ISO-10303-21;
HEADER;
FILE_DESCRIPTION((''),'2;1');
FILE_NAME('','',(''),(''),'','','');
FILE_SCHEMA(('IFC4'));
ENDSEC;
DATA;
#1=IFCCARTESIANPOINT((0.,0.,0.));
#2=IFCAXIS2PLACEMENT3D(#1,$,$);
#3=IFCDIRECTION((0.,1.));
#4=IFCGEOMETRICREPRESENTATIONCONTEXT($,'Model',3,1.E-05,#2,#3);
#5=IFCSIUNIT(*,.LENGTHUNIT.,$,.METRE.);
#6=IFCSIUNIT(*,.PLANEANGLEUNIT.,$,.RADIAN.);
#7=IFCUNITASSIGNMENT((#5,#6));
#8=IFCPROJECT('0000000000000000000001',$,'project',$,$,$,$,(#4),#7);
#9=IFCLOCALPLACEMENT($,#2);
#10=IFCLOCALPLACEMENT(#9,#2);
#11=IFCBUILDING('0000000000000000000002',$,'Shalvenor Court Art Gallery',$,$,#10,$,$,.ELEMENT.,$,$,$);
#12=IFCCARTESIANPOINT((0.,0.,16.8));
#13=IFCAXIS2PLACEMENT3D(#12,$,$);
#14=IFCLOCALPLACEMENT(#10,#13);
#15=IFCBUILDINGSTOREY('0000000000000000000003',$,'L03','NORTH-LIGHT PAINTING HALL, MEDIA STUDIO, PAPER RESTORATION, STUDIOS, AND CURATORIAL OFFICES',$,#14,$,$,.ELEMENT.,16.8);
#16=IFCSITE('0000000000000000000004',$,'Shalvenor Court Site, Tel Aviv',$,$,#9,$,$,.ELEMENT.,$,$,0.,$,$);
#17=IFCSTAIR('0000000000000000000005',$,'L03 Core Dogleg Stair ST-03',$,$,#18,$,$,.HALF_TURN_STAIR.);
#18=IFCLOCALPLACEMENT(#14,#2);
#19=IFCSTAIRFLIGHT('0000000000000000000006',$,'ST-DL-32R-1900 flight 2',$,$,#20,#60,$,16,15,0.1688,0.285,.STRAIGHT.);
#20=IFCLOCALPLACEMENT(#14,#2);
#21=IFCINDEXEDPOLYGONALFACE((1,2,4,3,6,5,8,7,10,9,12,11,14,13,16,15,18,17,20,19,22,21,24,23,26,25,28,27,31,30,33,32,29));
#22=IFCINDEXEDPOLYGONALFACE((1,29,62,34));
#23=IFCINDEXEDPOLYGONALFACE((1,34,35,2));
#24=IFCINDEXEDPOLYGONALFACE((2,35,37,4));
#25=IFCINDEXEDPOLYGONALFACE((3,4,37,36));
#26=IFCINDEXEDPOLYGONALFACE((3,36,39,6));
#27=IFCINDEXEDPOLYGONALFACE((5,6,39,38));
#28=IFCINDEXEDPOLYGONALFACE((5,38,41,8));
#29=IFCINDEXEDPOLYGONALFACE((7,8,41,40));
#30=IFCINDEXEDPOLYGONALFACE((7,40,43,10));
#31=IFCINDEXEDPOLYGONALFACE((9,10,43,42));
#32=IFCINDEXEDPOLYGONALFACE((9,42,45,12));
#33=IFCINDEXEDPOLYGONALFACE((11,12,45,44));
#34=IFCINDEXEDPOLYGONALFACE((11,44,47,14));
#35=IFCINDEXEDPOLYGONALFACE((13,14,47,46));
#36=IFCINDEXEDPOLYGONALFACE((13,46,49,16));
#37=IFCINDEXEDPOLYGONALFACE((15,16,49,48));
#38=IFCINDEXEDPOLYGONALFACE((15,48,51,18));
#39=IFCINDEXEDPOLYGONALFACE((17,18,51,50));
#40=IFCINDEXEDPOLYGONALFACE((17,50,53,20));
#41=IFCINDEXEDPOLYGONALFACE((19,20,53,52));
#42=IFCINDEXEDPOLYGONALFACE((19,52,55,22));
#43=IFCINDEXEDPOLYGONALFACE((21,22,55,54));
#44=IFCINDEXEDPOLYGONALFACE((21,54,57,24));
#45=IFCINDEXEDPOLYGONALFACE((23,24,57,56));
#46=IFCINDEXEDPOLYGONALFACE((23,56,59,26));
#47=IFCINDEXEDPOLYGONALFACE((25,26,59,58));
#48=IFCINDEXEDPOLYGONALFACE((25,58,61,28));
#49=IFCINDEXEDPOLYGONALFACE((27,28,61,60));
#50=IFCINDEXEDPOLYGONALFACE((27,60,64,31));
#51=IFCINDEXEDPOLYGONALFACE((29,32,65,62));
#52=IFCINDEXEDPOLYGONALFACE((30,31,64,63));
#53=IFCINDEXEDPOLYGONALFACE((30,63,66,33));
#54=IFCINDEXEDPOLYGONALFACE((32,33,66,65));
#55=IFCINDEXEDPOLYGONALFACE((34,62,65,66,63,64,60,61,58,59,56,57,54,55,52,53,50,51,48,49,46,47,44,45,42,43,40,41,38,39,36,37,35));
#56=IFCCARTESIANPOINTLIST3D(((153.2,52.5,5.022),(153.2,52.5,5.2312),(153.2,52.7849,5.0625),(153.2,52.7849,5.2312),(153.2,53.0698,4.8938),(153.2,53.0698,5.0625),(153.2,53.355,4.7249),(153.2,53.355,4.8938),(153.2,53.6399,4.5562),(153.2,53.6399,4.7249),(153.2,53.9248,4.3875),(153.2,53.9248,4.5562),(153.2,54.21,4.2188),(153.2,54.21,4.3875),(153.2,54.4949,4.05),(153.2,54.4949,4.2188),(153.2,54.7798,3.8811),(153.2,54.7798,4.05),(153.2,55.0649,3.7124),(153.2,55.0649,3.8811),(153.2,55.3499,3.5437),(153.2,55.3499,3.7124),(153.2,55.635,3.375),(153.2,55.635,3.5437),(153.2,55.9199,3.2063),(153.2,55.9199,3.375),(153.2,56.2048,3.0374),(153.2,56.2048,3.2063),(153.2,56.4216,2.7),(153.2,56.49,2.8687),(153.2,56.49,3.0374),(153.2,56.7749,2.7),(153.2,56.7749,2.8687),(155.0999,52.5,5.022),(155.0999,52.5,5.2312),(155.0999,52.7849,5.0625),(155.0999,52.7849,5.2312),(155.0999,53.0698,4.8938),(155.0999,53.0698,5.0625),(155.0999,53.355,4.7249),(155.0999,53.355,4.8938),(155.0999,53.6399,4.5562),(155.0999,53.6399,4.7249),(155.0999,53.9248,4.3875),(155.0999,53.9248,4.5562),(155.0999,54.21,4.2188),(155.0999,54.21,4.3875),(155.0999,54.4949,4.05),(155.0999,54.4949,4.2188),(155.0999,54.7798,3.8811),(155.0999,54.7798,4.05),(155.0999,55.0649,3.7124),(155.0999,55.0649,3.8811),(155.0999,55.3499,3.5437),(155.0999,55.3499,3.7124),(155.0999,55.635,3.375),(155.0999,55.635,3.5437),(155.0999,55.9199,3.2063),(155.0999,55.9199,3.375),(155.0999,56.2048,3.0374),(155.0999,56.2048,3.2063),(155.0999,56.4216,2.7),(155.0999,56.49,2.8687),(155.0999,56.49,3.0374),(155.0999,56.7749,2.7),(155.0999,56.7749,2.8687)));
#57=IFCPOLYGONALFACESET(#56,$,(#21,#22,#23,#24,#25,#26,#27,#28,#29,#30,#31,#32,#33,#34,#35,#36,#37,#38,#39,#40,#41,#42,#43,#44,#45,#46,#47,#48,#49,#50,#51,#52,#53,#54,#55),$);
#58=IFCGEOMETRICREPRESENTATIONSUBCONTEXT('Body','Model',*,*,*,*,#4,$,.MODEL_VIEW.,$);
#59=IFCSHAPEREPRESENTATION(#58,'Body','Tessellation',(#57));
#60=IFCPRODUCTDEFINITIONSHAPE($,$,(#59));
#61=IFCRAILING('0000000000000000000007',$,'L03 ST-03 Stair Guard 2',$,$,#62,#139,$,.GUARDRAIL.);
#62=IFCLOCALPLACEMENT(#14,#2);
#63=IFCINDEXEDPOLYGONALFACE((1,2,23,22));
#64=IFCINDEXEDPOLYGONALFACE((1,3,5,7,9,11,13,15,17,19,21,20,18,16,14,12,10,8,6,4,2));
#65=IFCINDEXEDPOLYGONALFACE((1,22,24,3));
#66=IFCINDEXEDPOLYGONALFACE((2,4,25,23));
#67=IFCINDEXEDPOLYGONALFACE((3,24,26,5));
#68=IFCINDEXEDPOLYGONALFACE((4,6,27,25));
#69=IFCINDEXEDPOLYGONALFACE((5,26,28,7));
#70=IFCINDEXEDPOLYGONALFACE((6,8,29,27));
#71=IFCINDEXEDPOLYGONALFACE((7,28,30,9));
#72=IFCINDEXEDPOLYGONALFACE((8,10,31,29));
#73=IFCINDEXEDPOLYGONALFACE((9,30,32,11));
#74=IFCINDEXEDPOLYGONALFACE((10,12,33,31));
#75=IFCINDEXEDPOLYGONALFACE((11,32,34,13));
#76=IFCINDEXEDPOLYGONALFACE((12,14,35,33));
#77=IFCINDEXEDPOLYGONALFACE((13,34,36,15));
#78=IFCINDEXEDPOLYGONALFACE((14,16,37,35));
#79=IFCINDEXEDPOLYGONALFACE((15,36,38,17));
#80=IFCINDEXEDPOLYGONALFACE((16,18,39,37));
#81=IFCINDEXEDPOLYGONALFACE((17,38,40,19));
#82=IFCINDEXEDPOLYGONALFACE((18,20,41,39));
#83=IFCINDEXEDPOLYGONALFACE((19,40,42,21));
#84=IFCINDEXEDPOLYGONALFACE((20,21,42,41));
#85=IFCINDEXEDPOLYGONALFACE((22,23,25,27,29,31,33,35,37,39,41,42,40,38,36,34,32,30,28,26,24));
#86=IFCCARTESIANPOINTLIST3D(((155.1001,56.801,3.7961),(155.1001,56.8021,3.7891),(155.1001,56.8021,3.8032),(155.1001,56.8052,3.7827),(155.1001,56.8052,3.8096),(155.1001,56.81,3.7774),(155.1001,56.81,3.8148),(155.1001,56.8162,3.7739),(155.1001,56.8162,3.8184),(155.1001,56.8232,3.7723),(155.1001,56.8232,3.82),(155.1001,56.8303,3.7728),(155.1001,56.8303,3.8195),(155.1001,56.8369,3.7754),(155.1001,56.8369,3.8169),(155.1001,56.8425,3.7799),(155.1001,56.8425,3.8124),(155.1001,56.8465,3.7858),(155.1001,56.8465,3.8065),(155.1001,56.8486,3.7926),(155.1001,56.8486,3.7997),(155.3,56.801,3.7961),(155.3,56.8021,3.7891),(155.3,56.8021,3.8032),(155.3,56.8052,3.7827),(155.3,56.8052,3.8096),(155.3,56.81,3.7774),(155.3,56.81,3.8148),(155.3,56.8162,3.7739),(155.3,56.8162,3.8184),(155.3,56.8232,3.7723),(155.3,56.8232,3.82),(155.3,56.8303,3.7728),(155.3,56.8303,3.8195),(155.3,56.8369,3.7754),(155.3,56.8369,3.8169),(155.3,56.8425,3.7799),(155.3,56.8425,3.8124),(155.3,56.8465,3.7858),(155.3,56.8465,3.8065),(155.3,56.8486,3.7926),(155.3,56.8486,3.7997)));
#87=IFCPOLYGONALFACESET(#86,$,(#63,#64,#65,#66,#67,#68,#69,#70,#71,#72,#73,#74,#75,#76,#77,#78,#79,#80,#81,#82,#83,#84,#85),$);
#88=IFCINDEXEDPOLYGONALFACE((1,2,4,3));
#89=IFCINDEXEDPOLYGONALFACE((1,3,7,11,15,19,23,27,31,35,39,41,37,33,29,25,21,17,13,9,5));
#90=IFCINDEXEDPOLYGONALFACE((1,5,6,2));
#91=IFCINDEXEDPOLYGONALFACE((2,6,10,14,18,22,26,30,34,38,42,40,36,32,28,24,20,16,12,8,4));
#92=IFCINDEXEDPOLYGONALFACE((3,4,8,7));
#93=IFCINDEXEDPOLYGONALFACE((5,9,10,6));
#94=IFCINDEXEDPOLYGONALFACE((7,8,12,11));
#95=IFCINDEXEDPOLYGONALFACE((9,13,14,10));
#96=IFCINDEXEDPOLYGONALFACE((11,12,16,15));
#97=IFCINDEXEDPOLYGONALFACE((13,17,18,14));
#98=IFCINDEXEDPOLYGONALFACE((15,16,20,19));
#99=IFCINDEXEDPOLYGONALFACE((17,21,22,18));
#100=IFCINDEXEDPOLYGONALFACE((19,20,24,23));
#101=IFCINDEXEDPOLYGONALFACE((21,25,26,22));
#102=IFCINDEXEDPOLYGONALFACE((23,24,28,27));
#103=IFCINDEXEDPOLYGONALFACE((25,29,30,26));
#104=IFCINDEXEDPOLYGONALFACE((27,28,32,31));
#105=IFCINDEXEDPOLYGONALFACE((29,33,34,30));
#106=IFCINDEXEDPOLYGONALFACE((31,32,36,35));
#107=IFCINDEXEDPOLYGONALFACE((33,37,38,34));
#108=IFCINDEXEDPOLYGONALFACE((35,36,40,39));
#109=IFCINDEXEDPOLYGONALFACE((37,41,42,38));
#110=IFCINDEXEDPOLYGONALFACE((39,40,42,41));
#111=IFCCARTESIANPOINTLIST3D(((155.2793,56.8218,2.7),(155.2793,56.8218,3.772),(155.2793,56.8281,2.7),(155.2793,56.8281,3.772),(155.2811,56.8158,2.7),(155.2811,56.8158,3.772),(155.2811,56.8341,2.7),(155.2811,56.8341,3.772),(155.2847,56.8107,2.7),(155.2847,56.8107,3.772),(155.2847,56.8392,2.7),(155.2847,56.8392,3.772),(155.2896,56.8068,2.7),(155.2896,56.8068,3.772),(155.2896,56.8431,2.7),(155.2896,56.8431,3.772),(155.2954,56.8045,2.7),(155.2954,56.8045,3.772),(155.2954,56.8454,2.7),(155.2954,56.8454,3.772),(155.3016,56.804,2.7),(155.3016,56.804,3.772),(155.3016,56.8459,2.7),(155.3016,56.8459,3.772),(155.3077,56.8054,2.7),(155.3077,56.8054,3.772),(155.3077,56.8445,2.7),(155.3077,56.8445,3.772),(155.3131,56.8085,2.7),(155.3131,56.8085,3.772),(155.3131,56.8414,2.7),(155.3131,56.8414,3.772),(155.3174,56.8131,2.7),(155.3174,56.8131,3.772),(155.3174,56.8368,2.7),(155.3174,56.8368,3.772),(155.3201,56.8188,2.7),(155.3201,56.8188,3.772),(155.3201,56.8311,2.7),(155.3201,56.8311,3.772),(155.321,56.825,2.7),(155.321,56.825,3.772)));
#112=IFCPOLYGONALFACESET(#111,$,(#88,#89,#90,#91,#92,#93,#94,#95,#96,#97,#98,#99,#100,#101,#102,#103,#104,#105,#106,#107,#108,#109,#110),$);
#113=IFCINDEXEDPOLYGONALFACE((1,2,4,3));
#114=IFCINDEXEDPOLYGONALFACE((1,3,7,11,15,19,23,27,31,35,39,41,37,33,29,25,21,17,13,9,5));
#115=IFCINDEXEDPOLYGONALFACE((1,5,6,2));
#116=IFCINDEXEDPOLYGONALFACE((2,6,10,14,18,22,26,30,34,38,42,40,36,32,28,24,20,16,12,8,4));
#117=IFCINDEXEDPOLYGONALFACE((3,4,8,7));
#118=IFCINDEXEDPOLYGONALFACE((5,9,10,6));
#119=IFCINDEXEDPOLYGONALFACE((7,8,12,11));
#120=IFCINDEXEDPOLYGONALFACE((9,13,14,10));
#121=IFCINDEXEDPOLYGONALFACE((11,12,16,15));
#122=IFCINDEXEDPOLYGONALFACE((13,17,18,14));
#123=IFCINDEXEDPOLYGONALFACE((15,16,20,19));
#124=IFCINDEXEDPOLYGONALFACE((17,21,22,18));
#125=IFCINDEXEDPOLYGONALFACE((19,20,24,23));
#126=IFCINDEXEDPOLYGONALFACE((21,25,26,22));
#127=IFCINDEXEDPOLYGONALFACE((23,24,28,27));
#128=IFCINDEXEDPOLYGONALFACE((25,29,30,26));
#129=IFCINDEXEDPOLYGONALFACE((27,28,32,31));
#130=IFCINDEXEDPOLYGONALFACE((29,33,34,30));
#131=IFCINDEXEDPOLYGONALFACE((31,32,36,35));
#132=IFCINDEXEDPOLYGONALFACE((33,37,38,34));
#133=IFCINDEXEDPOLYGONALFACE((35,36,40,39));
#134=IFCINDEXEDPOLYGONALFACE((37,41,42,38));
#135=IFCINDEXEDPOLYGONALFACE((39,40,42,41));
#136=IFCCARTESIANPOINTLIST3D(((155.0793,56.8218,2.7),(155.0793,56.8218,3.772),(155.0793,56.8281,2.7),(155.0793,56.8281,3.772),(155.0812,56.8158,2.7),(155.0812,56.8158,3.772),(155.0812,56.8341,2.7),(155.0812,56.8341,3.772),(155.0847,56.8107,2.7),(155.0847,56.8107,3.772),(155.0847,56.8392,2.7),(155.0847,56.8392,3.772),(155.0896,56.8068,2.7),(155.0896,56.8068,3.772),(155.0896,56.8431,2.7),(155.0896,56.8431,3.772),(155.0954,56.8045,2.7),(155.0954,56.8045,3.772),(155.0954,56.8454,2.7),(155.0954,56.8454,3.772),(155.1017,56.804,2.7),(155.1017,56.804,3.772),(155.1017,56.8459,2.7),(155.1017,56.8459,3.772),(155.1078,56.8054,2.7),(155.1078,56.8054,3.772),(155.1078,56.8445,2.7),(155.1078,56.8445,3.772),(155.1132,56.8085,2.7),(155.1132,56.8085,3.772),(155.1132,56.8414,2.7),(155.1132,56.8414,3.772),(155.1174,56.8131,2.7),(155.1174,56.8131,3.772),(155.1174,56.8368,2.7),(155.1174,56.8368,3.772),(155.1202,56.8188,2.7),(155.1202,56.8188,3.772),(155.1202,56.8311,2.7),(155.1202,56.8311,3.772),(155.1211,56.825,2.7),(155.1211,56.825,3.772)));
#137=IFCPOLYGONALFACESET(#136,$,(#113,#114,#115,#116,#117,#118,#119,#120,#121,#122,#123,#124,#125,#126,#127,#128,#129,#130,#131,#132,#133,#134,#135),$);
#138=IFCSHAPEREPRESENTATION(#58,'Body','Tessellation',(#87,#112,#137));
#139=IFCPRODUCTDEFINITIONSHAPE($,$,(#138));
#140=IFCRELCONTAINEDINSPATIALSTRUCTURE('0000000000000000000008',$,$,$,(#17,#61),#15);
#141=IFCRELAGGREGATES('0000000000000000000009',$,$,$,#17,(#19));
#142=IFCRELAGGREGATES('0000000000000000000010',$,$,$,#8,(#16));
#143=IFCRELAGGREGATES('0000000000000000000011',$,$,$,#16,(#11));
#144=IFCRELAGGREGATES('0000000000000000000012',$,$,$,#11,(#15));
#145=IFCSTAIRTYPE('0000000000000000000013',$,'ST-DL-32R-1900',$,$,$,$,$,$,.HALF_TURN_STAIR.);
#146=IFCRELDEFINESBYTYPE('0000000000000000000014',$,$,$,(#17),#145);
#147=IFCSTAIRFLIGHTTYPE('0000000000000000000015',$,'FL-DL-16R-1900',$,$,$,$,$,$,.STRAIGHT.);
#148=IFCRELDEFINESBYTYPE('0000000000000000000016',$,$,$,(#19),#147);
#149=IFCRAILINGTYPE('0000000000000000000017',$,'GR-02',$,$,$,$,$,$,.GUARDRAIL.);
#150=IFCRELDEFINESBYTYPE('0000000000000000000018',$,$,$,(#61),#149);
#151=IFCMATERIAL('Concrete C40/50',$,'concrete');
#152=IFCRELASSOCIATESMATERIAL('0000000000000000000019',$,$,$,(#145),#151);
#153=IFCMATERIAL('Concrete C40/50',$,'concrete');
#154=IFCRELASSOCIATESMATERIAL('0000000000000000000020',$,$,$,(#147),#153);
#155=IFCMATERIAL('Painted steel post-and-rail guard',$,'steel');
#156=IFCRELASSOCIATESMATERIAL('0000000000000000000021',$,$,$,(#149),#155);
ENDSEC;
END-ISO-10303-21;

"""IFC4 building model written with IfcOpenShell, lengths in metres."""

from ifc_helpers import new_model, si_unit, direction, frame, origin, origin_2d, place, context, subcontext, project, spatial, polyline, circle, outline, extrude, material, type_object, element, aggregate, save


model = new_model("IFC4")

# Units and contexts
model_context = context("Model", 3, precision=1e-05, world=origin(), true_north=direction((0.0, 1.0)))
body_context = subcontext(model_context, "Body", "Model", "MODEL_VIEW")
ifc_project = project(units=[si_unit("LENGTHUNIT", "METRE"), si_unit("PLANEANGLEUNIT", "RADIAN")], contexts=[model_context])

# Site, building, storey
site_placement = place(None, origin())
site = spatial("IfcSite", under=ifc_project, at=site_placement, Name="Shalvenor Court Site, Tel Aviv", CompositionType="ELEMENT", RefElevation=0.0)
building_placement = place(site_placement, origin())
building = spatial("IfcBuilding", under=site, at=building_placement, Name="Shalvenor Court Art Gallery", CompositionType="ELEMENT")
storey_placement = place(building_placement, frame((0.0, 0.0, 16.8)))
storey = spatial("IfcBuildingStorey", under=building, at=storey_placement, Name="L03", Description="NORTH-LIGHT PAINTING HALL, MEDIA STUDIO, PAPER RESTORATION, STUDIOS, AND CURATORIAL OFFICES", CompositionType="ELEMENT", Elevation=16.8)

# Stair, stair flight
ifc_material_1 = material(Name="Concrete C40/50", Category="concrete")
stair_type = type_object("IfcStairType", Name="ST-DL-32R-1900", PredefinedType="HALF_TURN_STAIR", material=ifc_material_1)
stair_placement = place(storey_placement, origin())
stair = element("IfcStair", 1, at=stair_placement, inside=storey, type_object=stair_type, Name="L03 Core Dogleg Stair ST-03", PredefinedType="HALF_TURN_STAIR")
ifc_material_2 = material(Name="Concrete C40/50", Category="concrete")
stair_flight_type = type_object("IfcStairFlightType", Name="FL-DL-16R-1900", PredefinedType="STRAIGHT", material=ifc_material_2)
stair_flight_placement = place(storey_placement, frame((154.1499, 56.7749, 2.7), z_axis=(0.0, 0.0, 1.0), x_axis=(0.0, -1.0, 0.0)))
stair_flight = element("IfcStairFlight", 2, at=stair_flight_placement, type_object=stair_flight_type, Name="ST-DL-32R-1900 flight 2", NumberOfRisers=16, NumberOfTreads=15, PredefinedType="STRAIGHT", RiserHeight=0.1688, TreadLength=0.285, context=body_context, shape_type="SweptSolid", body=[
    extrude(outline(polyline([(0.0, 0.0), (0.0, 0.1687), (0.2849, 0.1687), (0.2849, 0.3374), (0.5701, 0.3374), (0.5701, 0.5063), (0.855, 0.5063), (0.855, 0.675), (1.1399, 0.675), (1.1399, 0.8438), (1.425, 0.8438), (1.425, 1.0125), (1.71, 1.0125), (1.71, 1.1812), (1.9951, 1.1812), (1.9951, 1.3501), (2.28, 1.3501), (2.28, 1.5188), (2.5649, 1.5188), (2.5649, 1.6875), (2.8501, 1.6875), (2.8501, 1.8562), (3.135, 1.8562), (3.135, 2.0249), (3.4199, 2.0249), (3.4199, 2.1938), (3.7051, 2.1938), (3.7051, 2.3625), (3.99, 2.3625), (3.99, 2.5312), (4.2749, 2.5312), (4.2749, 2.7), (4.2749, 2.322), (0.3533, 0.0), (0.0, 0.0)])), frame((0.0, 0.95, 0.0), z_axis=(0.0, -1.0, 0.0), x_axis=(1.0, 0.0, 0.0)), (0.0, 0.0, 1.0), 1.8999),
])
aggregate(stair, [stair_flight])

# Railing
ifc_material_3 = material(Name="Painted steel post-and-rail guard", Category="steel")
railing_type_1 = type_object("IfcRailingType", Name="GR-02", PredefinedType="GUARDRAIL", material=ifc_material_3)
railing_1_placement = place(storey_placement, frame((155.3, 56.825, 2.7)))
element("IfcRailing", 3, at=railing_1_placement, inside=storey, type_object=railing_type_1, Name="L03 ST-03 Stair Guard 2", PredefinedType="GUARDRAIL", context=body_context, shape_type="SweptSolid", body=[
    extrude(circle(Radius=0.0239, at=origin_2d()), frame((0.0, 0.0, 1.0962), z_axis=(-1.0, 0.0, 0.0), x_axis=(0.0, -1.0, 0.0)), (0.0, 0.0, 1.0), 0.2),
    extrude(circle(Radius=0.021, at=origin_2d()), origin(), (0.0, 0.0, 1.0), 1.072),
    extrude(circle(Radius=0.021, at=origin_2d()), frame((-0.2, 0.0, 0.0)), (0.0, 0.0, 1.0), 1.072),
])

save(model, "model.ifc")
